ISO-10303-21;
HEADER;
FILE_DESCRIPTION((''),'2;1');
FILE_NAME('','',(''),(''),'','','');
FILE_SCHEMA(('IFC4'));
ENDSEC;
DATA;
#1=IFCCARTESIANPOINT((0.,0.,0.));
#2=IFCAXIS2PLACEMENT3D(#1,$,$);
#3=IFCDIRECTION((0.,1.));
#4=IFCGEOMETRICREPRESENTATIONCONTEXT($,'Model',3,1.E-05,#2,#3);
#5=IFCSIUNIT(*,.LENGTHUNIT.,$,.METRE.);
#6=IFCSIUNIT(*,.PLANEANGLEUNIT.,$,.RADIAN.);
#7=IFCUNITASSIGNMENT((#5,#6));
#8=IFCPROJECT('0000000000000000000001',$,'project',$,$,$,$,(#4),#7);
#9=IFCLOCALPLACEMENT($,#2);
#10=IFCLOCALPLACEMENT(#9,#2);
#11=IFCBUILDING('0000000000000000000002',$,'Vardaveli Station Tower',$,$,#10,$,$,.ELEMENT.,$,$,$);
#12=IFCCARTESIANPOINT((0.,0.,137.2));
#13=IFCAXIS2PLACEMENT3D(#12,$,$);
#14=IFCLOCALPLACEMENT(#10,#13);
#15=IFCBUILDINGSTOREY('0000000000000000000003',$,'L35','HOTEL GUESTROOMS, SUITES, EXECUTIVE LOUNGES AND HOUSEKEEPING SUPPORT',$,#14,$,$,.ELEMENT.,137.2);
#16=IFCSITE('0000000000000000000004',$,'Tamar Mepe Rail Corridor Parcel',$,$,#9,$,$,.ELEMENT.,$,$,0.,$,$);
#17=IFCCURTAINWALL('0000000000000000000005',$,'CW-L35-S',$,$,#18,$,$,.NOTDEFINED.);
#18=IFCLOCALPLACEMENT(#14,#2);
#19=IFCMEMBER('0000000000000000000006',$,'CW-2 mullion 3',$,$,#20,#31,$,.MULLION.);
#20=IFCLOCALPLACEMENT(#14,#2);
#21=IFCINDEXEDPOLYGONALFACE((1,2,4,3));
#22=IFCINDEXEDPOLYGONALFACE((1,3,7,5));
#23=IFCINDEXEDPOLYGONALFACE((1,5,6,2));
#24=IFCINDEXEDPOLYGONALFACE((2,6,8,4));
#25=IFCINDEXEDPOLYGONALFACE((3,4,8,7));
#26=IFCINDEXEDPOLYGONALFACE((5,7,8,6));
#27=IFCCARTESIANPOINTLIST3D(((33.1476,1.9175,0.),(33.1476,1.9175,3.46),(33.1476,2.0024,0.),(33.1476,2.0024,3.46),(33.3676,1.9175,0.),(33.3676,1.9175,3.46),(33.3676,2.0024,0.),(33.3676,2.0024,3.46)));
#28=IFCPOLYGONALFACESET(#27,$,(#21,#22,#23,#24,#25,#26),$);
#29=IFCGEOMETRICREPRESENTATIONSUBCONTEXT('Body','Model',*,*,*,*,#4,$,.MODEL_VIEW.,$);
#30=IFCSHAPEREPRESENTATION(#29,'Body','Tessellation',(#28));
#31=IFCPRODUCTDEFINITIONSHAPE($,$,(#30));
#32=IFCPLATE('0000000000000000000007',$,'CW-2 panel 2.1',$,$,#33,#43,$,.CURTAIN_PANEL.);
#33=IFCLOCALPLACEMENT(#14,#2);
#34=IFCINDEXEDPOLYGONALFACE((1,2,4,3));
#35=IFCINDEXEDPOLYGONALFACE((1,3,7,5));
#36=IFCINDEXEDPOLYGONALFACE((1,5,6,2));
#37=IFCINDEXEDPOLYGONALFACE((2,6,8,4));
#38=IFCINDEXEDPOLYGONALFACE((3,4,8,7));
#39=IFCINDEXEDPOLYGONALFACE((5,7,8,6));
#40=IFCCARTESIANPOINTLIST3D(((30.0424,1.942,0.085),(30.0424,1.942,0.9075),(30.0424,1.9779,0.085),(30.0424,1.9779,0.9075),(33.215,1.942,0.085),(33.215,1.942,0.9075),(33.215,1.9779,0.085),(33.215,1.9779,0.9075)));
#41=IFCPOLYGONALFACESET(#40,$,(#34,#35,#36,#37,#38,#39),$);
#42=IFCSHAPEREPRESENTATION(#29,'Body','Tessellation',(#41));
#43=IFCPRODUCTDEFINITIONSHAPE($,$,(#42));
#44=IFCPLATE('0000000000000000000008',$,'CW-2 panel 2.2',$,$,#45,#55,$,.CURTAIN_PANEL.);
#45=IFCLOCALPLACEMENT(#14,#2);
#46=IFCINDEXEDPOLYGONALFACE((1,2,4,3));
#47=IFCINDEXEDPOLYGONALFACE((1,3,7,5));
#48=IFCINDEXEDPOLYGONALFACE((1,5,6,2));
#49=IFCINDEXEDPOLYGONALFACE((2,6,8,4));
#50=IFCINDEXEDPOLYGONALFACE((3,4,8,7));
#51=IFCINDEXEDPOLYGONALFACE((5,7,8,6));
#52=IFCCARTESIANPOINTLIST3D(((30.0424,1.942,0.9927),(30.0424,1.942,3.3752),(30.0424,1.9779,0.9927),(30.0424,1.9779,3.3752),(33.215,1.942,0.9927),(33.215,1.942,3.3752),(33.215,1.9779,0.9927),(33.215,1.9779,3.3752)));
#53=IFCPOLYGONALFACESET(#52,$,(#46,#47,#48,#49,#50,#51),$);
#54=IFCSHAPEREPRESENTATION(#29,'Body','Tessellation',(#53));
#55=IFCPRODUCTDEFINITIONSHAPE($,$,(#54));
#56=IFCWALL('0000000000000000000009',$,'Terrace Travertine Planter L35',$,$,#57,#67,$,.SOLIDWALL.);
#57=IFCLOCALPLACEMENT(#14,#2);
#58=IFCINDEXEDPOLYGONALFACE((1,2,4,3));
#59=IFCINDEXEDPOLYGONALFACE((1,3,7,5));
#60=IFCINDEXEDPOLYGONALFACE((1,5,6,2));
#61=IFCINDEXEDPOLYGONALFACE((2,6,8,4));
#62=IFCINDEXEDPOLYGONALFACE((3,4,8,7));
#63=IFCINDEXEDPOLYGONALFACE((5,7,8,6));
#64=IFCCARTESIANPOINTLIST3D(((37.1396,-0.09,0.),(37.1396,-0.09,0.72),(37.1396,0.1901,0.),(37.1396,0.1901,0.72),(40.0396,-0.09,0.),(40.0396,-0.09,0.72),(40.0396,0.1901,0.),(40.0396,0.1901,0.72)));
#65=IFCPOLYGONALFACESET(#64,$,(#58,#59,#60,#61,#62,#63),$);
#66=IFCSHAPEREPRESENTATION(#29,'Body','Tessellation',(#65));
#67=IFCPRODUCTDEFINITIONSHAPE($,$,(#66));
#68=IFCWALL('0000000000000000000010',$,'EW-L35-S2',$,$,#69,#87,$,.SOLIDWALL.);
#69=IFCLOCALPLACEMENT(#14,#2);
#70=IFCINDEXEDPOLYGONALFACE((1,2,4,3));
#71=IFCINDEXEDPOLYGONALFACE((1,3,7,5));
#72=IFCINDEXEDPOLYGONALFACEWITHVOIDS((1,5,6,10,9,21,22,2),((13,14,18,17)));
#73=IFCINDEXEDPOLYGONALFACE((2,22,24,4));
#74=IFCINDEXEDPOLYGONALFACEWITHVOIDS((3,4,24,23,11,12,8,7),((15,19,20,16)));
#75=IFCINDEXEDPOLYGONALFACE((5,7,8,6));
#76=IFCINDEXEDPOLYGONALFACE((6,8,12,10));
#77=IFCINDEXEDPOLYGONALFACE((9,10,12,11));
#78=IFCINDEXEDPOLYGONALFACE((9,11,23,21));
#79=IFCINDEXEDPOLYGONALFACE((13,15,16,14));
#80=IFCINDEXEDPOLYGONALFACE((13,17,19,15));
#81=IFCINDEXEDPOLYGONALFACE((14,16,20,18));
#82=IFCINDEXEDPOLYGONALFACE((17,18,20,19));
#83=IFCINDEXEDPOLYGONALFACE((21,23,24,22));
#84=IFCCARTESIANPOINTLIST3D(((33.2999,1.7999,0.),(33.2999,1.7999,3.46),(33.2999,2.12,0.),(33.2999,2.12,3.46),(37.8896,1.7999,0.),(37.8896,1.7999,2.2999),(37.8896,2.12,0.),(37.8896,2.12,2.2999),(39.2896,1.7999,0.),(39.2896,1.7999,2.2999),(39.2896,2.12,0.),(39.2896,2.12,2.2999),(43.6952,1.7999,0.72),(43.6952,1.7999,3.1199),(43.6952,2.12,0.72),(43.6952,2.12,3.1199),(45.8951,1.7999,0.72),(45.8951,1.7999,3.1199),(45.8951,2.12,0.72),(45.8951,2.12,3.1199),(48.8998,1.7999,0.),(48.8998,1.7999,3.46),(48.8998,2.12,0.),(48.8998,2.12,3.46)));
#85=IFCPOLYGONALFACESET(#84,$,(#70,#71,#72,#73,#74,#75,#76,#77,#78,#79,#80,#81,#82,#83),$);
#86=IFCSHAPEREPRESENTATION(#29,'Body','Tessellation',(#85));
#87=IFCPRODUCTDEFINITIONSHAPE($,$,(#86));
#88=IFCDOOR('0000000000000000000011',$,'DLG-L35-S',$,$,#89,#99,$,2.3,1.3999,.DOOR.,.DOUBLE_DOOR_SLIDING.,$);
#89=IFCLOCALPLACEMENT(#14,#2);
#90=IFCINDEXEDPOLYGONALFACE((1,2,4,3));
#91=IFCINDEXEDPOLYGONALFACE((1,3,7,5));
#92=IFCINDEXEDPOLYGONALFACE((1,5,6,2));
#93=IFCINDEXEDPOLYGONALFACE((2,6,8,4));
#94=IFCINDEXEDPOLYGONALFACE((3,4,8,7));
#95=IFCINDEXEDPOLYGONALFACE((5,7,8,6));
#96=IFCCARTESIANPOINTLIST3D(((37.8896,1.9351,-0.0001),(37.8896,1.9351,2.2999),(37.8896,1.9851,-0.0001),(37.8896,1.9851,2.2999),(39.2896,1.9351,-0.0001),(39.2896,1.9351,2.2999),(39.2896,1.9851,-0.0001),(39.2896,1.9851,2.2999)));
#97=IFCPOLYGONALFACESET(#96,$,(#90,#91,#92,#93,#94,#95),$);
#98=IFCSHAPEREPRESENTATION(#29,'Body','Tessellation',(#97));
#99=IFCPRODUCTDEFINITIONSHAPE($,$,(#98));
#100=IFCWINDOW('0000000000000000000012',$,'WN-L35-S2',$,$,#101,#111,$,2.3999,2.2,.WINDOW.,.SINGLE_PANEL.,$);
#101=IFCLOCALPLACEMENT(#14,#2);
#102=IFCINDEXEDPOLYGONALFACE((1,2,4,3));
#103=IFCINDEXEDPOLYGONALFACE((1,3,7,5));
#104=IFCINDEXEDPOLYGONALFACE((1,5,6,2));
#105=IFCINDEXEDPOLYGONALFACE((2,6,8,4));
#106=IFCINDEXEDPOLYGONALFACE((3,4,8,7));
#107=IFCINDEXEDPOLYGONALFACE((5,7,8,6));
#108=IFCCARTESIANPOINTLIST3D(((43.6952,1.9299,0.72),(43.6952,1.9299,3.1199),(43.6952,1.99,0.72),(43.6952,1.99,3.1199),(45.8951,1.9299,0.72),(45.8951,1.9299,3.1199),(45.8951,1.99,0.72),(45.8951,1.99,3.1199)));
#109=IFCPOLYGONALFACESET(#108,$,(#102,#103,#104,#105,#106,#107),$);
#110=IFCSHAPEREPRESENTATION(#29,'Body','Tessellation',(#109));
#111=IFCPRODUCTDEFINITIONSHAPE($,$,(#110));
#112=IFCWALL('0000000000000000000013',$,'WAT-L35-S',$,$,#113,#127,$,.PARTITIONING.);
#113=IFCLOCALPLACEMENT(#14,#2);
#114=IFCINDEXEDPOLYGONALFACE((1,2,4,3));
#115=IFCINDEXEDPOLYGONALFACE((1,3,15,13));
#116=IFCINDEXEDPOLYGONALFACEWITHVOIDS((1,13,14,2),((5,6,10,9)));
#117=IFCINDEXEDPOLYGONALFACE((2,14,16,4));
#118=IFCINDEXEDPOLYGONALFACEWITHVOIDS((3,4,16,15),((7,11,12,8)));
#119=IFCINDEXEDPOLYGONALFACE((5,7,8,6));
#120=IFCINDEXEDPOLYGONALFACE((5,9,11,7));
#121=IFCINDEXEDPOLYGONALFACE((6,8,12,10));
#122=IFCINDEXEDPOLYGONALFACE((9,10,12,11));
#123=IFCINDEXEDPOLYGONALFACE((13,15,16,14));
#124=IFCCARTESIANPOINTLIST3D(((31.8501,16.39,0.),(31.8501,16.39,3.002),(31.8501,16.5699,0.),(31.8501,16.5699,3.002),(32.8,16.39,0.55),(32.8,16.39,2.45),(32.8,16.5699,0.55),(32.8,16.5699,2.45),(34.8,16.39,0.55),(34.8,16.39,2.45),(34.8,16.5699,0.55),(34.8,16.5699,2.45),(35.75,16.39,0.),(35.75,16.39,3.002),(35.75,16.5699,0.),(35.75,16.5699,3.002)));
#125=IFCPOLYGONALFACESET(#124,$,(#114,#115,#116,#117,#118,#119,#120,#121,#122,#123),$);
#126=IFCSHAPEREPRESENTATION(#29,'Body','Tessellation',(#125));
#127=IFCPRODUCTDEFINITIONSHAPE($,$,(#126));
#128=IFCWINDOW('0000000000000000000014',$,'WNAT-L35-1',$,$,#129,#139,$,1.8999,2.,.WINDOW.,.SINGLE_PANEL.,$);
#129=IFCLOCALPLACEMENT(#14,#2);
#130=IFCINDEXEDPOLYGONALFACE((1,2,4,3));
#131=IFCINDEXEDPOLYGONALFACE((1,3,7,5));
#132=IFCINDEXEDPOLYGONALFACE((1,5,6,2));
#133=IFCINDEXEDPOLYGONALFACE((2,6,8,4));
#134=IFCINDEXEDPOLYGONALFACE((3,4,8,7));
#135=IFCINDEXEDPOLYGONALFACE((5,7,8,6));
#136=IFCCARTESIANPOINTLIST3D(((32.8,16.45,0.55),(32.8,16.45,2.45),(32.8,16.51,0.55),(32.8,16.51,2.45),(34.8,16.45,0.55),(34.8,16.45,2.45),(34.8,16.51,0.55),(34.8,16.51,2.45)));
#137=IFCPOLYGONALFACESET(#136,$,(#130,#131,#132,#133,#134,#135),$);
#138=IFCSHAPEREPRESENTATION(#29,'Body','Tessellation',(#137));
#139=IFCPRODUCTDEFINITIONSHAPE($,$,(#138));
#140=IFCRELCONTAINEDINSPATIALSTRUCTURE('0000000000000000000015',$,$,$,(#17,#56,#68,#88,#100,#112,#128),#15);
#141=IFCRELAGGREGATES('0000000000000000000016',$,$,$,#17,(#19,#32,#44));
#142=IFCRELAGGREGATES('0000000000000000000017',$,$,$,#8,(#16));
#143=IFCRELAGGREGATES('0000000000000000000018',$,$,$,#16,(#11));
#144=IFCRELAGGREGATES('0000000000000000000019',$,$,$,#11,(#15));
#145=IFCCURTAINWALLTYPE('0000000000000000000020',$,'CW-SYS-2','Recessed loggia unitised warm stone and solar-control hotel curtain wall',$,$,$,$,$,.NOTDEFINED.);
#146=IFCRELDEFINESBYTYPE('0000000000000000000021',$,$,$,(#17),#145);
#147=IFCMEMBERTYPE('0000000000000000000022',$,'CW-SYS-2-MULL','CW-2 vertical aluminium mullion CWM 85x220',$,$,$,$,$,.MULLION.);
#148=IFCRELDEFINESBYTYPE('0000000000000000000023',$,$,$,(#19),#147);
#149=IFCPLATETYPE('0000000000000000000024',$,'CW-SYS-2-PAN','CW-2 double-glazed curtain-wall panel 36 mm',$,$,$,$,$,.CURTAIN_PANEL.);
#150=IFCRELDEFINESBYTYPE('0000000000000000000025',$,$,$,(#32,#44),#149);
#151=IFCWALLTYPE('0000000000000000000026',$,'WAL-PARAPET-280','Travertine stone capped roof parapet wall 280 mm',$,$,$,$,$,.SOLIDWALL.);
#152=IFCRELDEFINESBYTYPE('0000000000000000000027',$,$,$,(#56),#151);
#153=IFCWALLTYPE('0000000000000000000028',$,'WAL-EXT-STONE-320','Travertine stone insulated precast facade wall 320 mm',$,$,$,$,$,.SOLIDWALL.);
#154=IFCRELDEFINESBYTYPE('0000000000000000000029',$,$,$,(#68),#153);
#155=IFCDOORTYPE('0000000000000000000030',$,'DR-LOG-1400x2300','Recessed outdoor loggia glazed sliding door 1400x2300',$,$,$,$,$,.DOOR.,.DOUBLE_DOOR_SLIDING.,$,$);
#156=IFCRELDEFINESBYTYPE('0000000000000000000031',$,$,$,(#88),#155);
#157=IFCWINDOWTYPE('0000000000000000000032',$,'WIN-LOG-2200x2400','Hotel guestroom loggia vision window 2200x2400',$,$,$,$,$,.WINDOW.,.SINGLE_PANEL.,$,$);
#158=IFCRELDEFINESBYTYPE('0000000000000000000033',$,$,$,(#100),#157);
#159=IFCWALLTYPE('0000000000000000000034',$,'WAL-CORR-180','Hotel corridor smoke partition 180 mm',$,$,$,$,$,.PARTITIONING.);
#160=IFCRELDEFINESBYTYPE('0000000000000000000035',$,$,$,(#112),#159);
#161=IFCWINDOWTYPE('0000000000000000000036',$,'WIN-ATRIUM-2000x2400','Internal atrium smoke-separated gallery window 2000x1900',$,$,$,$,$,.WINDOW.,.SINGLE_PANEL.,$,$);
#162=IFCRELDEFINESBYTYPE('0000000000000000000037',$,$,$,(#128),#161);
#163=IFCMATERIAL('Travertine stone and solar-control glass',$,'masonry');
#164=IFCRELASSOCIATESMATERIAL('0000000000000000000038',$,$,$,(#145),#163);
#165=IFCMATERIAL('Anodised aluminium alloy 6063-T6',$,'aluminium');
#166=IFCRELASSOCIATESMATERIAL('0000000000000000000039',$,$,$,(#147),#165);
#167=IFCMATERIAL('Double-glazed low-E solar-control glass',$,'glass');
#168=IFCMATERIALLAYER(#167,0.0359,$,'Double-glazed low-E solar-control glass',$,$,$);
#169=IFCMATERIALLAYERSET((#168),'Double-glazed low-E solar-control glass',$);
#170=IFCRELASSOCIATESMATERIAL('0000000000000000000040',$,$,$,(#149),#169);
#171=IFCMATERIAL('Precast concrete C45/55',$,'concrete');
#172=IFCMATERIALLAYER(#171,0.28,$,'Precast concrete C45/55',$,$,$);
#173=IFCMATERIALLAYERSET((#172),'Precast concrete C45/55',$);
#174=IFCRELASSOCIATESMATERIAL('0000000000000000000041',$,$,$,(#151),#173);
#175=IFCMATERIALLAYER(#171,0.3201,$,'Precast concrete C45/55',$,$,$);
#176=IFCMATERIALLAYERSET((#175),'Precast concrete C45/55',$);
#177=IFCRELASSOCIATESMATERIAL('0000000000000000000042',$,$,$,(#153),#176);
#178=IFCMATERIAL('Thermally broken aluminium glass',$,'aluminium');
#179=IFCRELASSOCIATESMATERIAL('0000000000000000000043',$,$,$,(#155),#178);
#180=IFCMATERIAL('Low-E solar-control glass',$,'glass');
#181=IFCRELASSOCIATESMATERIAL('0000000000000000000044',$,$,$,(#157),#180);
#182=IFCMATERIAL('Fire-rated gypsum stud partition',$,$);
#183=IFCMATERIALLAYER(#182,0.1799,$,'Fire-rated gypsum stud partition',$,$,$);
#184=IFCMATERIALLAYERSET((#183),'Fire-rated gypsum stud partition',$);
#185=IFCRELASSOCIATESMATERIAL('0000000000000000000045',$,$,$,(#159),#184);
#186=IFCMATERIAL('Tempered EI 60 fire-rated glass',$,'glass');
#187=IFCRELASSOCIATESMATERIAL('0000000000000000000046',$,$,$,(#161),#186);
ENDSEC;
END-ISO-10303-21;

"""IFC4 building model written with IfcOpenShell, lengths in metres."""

from ifc_helpers import new_model, si_unit, direction, frame, frame_2d, origin, origin_2d, place, context, subcontext, project, spatial, rectangle, extrude, source, transform, mapped, material, layer, layer_set, material_profile, profile_set, type_object, element, fill, aggregate, save


model = new_model("IFC4")

# Units and contexts
model_context = context("Model", 3, precision=1e-05, world=origin(), true_north=direction((0.0, 1.0)))
body_context = subcontext(model_context, "Body", "Model", "MODEL_VIEW")
ifc_project = project(units=[si_unit("LENGTHUNIT", "METRE"), si_unit("PLANEANGLEUNIT", "RADIAN")], contexts=[model_context])

# Site, building, storey
site_placement = place(None, origin())
site = spatial("IfcSite", under=ifc_project, at=site_placement, Name="Tamar Mepe Rail Corridor Parcel", CompositionType="ELEMENT", RefElevation=0.0)
building_placement = place(site_placement, origin())
building = spatial("IfcBuilding", under=site, at=building_placement, Name="Vardaveli Station Tower", CompositionType="ELEMENT")
storey_placement = place(building_placement, frame((0.0, 0.0, 137.2)))
storey = spatial("IfcBuildingStorey", under=building, at=storey_placement, Name="L35", Description="HOTEL GUESTROOMS, SUITES, EXECUTIVE LOUNGES AND HOUSEKEEPING SUPPORT", CompositionType="ELEMENT", Elevation=137.2)

# Shared definitions
ifc_material_1 = material(Name="Precast concrete C45/55", Category="concrete")

# Curtain wall, member, plates
ifc_material_2 = material(Name="Travertine stone and solar-control glass", Category="masonry")
curtain_wall_type = type_object("IfcCurtainWallType", Name="CW-SYS-2", Description="Recessed loggia unitised warm stone and solar-control hotel curtain wall", PredefinedType="NOTDEFINED", material=ifc_material_2)
curtain_wall_placement = place(storey_placement, origin())
curtain_wall = element("IfcCurtainWall", 1, at=curtain_wall_placement, inside=storey, type_object=curtain_wall_type, Name="CW-L35-S", PredefinedType="NOTDEFINED")
ifc_material_3 = material(Name="Anodised aluminium alloy 6063-T6", Category="aluminium")
ifc_material_profile_1 = material_profile(ifc_material_3, rectangle(XDim=0.085, YDim=0.22, at=origin_2d()), Name="CWM 85x220")
ifc_profile_set_1 = profile_set([ifc_material_profile_1], Name="Anodised aluminium alloy 6063-T6")
member_type = type_object("IfcMemberType", Name="CW-SYS-2-MULL", Description="CW-2 vertical aluminium mullion CWM 85x220", PredefinedType="MULLION", material=ifc_profile_set_1)
shared_shape_1 = source(origin(), body_context, "Body", "SweptSolid", [
    extrude(rectangle(XDim=0.085, YDim=0.22, at=origin_2d()), origin(), (0.0, 0.0, 1.0), 3.46),
])
member_placement = place(storey_placement, frame((33.2576, 1.96, 0.0), z_axis=(0.0, 0.0, 1.0), x_axis=(0.0, 1.0, 0.0)))
member = element("IfcMember", 2, at=member_placement, type_object=member_type, Name="CW-2 mullion 3", PredefinedType="MULLION", context=body_context, shape_type="MappedRepresentation", body=[
    mapped(shared_shape_1, transform((0.0, 0.0, 0.0), scale=1.0)),
])
ifc_material_4 = material(Name="Double-glazed low-E solar-control glass", Category="glass")
ifc_layer_1 = layer(ifc_material_4, 0.0359, Name="Double-glazed low-E solar-control glass")
ifc_layer_set_1 = layer_set([ifc_layer_1], Name="Double-glazed low-E solar-control glass")
plate_type = type_object("IfcPlateType", Name="CW-SYS-2-PAN", Description="CW-2 double-glazed curtain-wall panel 36 mm", PredefinedType="CURTAIN_PANEL", material=ifc_layer_set_1)
shared_shape_2 = source(origin(), body_context, "Body", "SweptSolid", [
    extrude(rectangle(XDim=3.1726, YDim=0.0359, at=origin_2d()), origin(), (0.0, 0.0, 1.0), 0.8225),
])
plate_1_placement = place(storey_placement, frame((31.6287, 1.96, 0.085), z_axis=(0.0, 0.0, 1.0), x_axis=(1.0, 0.0, 0.0)))
plate_1 = element("IfcPlate", 3, at=plate_1_placement, type_object=plate_type, Name="CW-2 panel 2.1", PredefinedType="CURTAIN_PANEL", context=body_context, shape_type="MappedRepresentation", body=[
    mapped(shared_shape_2, transform((0.0, 0.0, 0.0), scale=1.0)),
])
shared_shape_3 = source(origin(), body_context, "Body", "SweptSolid", [
    extrude(rectangle(XDim=3.1726, YDim=0.0359, at=origin_2d()), origin(), (0.0, 0.0, 1.0), 2.3826),
])
plate_2_placement = place(storey_placement, frame((31.6287, 1.96, 0.9927), z_axis=(0.0, 0.0, 1.0), x_axis=(1.0, 0.0, 0.0)))
plate_2 = element("IfcPlate", 4, at=plate_2_placement, type_object=plate_type, Name="CW-2 panel 2.2", PredefinedType="CURTAIN_PANEL", context=body_context, shape_type="MappedRepresentation", body=[
    mapped(shared_shape_3, transform((0.0, 0.0, 0.0), scale=1.0)),
])
aggregate(curtain_wall, [member, plate_1, plate_2])

# Wall
ifc_layer_2 = layer(ifc_material_1, 0.28, Name="Precast concrete C45/55")
ifc_layer_set_2 = layer_set([ifc_layer_2], Name="Precast concrete C45/55")
wall_type_1 = type_object("IfcWallType", Name="WAL-PARAPET-280", Description="Travertine stone capped roof parapet wall 280 mm", PredefinedType="SOLIDWALL", material=ifc_layer_set_2)
shared_shape_4 = source(origin(), body_context, "Body", "SweptSolid", [
    extrude(rectangle(XDim=2.8999, YDim=0.28, at=frame_2d((1.45, 0.0))), origin(), (0.0, 0.0, 1.0), 0.72),
])
wall_1_placement = place(storey_placement, frame((37.1396, 0.05, 0.0), z_axis=(0.0, 0.0, 1.0), x_axis=(1.0, 0.0, 0.0)))
element("IfcWall", 5, at=wall_1_placement, inside=storey, type_object=wall_type_1, Name="Terrace Travertine Planter L35", PredefinedType="SOLIDWALL", context=body_context, shape_type="MappedRepresentation", body=[
    mapped(shared_shape_4, transform((0.0, 0.0, 0.0), scale=1.0)),
])

# Wall, openings, door, window
ifc_layer_3 = layer(ifc_material_1, 0.3201, Name="Precast concrete C45/55")
ifc_layer_set_3 = layer_set([ifc_layer_3], Name="Precast concrete C45/55")
wall_type_2 = type_object("IfcWallType", Name="WAL-EXT-STONE-320", Description="Travertine stone insulated precast facade wall 320 mm", PredefinedType="SOLIDWALL", material=ifc_layer_set_3)
shared_shape_5 = source(origin(), body_context, "Body", "SweptSolid", [
    extrude(rectangle(XDim=15.5999, YDim=0.3201, at=frame_2d((7.7998, 0.0))), origin(), (0.0, 0.0, 1.0), 3.46),
])
wall_2_placement = place(storey_placement, frame((33.3, 1.96, 0.0), z_axis=(0.0, 0.0, 1.0), x_axis=(1.0, 0.0, 0.0)))
wall_2 = element("IfcWall", 6, at=wall_2_placement, inside=storey, type_object=wall_type_2, Name="EW-L35-S2", PredefinedType="SOLIDWALL", context=body_context, shape_type="MappedRepresentation", body=[
    mapped(shared_shape_5, transform((0.0, 0.0, 0.0), scale=1.0)),
])
shared_shape_6 = source(origin(), body_context, "Body", "SweptSolid", [
    extrude(rectangle(XDim=1.3999, YDim=2.3, at=frame_2d((0.7, 1.1499))), frame((0.0, 0.1699, 0.0), z_axis=(0.0, -1.0, 0.0), x_axis=(1.0, 0.0, 0.0)), (0.0, 0.0, 1.0), 0.3401),
])
opening_1_placement = place(wall_2_placement, frame((4.5896, 0.0, 0.0)))
opening_1 = element("IfcOpeningElement", 7, at=opening_1_placement, cuts=wall_2, PredefinedType="OPENING", context=body_context, shape_type="MappedRepresentation", body=[
    mapped(shared_shape_6, transform((0.0, 0.0, 0.0), scale=1.0)),
])
shared_shape_7 = source(origin(), body_context, "Body", "SweptSolid", [
    extrude(rectangle(XDim=2.2, YDim=2.3999, at=frame_2d((1.1001, 1.2))), frame((0.0, 0.1699, 0.0), z_axis=(0.0, -1.0, 0.0), x_axis=(1.0, 0.0, 0.0)), (0.0, 0.0, 1.0), 0.3401),
])
opening_2_placement = place(wall_2_placement, frame((10.395, 0.0, 0.72)))
opening_2 = element("IfcOpeningElement", 8, at=opening_2_placement, cuts=wall_2, PredefinedType="OPENING", context=body_context, shape_type="MappedRepresentation", body=[
    mapped(shared_shape_7, transform((0.0, 0.0, 0.0), scale=1.0)),
])
ifc_material_5 = material(Name="Thermally broken aluminium glass", Category="aluminium")
door_type_1 = type_object("IfcDoorType", Name="DR-LOG-1400x2300", Description="Recessed outdoor loggia glazed sliding door 1400x2300", OperationType="DOUBLE_DOOR_SLIDING", PredefinedType="DOOR", material=ifc_material_5)
shared_shape_8 = source(origin(), body_context, "Body", "SweptSolid", [
    extrude(rectangle(XDim=1.3999, YDim=2.3, at=frame_2d((0.7, 1.1499))), frame((0.0, 0.0249, 0.0), z_axis=(0.0, -1.0, 0.0), x_axis=(1.0, 0.0, 0.0)), (0.0, 0.0, 1.0), 0.05),
])
door_1_placement = place(opening_1_placement, frame((1.3999, 0.0, 0.0), z_axis=(0.0, 0.0, 1.0), x_axis=(-1.0, 0.0, 0.0)))
door_1 = element("IfcDoor", 9, at=door_1_placement, inside=storey, type_object=door_type_1, Name="DLG-L35-S", OperationType="DOUBLE_DOOR_SLIDING", OverallHeight=2.3, OverallWidth=1.3999, PredefinedType="DOOR", context=body_context, shape_type="MappedRepresentation", body=[
    mapped(shared_shape_8, transform((0.0, 0.0, 0.0), scale=1.0)),
])
fill(opening_1, door_1)
ifc_material_6 = material(Name="Low-E solar-control glass", Category="glass")
window_type_1 = type_object("IfcWindowType", Name="WIN-LOG-2200x2400", Description="Hotel guestroom loggia vision window 2200x2400", PartitioningType="SINGLE_PANEL", PredefinedType="WINDOW", material=ifc_material_6)
shared_shape_9 = source(origin(), body_context, "Body", "SweptSolid", [
    extrude(rectangle(XDim=2.2, YDim=2.3999, at=frame_2d((1.1001, 1.2))), frame((0.0, 0.03, 0.0), z_axis=(0.0, -1.0, 0.0), x_axis=(1.0, 0.0, 0.0)), (0.0, 0.0, 1.0), 0.0601),
])
window_1_placement = place(opening_2_placement, origin())
window_1 = element("IfcWindow", 10, at=window_1_placement, inside=storey, type_object=window_type_1, Name="WN-L35-S2", OverallHeight=2.3999, OverallWidth=2.2, PartitioningType="SINGLE_PANEL", PredefinedType="WINDOW", context=body_context, shape_type="MappedRepresentation", body=[
    mapped(shared_shape_9, transform((0.0, 0.0, 0.0), scale=1.0)),
])
fill(opening_2, window_1)

# Wall, opening, window
ifc_material_7 = material(Name="Fire-rated gypsum stud partition")
ifc_layer_4 = layer(ifc_material_7, 0.1799, Name="Fire-rated gypsum stud partition")
ifc_layer_set_4 = layer_set([ifc_layer_4], Name="Fire-rated gypsum stud partition")
wall_type_3 = type_object("IfcWallType", Name="WAL-CORR-180", Description="Hotel corridor smoke partition 180 mm", PredefinedType="PARTITIONING", material=ifc_layer_set_4)
shared_shape_10 = source(origin(), body_context, "Body", "SweptSolid", [
    extrude(rectangle(XDim=3.8999, YDim=0.1799, at=frame_2d((1.95, 0.0))), origin(), (0.0, 0.0, 1.0), 3.002),
])
wall_3_placement = place(storey_placement, frame((31.8501, 16.48, 0.0), z_axis=(0.0, 0.0, 1.0), x_axis=(1.0, 0.0, 0.0)))
wall_3 = element("IfcWall", 11, at=wall_3_placement, inside=storey, type_object=wall_type_3, Name="WAT-L35-S", PredefinedType="PARTITIONING", context=body_context, shape_type="MappedRepresentation", body=[
    mapped(shared_shape_10, transform((0.0, 0.0, 0.0), scale=1.0)),
])
shared_shape_11 = source(origin(), body_context, "Body", "SweptSolid", [
    extrude(rectangle(XDim=2.0, YDim=1.8999, at=frame_2d((1.0, 0.95))), frame((0.0, 0.1001, 0.0), z_axis=(0.0, -1.0, 0.0), x_axis=(1.0, 0.0, 0.0)), (0.0, 0.0, 1.0), 0.2),
])
opening_3_placement = place(wall_3_placement, frame((0.95, 0.0, 0.55)))
opening_3 = element("IfcOpeningElement", 12, at=opening_3_placement, cuts=wall_3, PredefinedType="OPENING", context=body_context, shape_type="MappedRepresentation", body=[
    mapped(shared_shape_11, transform((0.0, 0.0, 0.0), scale=1.0)),
])
ifc_material_8 = material(Name="Tempered EI 60 fire-rated glass", Category="glass")
window_type_2 = type_object("IfcWindowType", Name="WIN-ATRIUM-2000x2400", Description="Internal atrium smoke-separated gallery window 2000x1900", PartitioningType="SINGLE_PANEL", PredefinedType="WINDOW", material=ifc_material_8)
shared_shape_12 = source(origin(), body_context, "Body", "SweptSolid", [
    extrude(rectangle(XDim=2.0, YDim=1.8999, at=frame_2d((1.0, 0.95))), frame((0.0, 0.03, 0.0), z_axis=(0.0, -1.0, 0.0), x_axis=(1.0, 0.0, 0.0)), (0.0, 0.0, 1.0), 0.0601),
])
window_2_placement = place(opening_3_placement, origin())
window_2 = element("IfcWindow", 13, at=window_2_placement, inside=storey, type_object=window_type_2, Name="WNAT-L35-1", OverallHeight=1.8999, OverallWidth=2.0, PartitioningType="SINGLE_PANEL", PredefinedType="WINDOW", context=body_context, shape_type="MappedRepresentation", body=[
    mapped(shared_shape_12, transform((0.0, 0.0, 0.0), scale=1.0)),
])
fill(opening_3, window_2)

save(model, "model.ifc")
